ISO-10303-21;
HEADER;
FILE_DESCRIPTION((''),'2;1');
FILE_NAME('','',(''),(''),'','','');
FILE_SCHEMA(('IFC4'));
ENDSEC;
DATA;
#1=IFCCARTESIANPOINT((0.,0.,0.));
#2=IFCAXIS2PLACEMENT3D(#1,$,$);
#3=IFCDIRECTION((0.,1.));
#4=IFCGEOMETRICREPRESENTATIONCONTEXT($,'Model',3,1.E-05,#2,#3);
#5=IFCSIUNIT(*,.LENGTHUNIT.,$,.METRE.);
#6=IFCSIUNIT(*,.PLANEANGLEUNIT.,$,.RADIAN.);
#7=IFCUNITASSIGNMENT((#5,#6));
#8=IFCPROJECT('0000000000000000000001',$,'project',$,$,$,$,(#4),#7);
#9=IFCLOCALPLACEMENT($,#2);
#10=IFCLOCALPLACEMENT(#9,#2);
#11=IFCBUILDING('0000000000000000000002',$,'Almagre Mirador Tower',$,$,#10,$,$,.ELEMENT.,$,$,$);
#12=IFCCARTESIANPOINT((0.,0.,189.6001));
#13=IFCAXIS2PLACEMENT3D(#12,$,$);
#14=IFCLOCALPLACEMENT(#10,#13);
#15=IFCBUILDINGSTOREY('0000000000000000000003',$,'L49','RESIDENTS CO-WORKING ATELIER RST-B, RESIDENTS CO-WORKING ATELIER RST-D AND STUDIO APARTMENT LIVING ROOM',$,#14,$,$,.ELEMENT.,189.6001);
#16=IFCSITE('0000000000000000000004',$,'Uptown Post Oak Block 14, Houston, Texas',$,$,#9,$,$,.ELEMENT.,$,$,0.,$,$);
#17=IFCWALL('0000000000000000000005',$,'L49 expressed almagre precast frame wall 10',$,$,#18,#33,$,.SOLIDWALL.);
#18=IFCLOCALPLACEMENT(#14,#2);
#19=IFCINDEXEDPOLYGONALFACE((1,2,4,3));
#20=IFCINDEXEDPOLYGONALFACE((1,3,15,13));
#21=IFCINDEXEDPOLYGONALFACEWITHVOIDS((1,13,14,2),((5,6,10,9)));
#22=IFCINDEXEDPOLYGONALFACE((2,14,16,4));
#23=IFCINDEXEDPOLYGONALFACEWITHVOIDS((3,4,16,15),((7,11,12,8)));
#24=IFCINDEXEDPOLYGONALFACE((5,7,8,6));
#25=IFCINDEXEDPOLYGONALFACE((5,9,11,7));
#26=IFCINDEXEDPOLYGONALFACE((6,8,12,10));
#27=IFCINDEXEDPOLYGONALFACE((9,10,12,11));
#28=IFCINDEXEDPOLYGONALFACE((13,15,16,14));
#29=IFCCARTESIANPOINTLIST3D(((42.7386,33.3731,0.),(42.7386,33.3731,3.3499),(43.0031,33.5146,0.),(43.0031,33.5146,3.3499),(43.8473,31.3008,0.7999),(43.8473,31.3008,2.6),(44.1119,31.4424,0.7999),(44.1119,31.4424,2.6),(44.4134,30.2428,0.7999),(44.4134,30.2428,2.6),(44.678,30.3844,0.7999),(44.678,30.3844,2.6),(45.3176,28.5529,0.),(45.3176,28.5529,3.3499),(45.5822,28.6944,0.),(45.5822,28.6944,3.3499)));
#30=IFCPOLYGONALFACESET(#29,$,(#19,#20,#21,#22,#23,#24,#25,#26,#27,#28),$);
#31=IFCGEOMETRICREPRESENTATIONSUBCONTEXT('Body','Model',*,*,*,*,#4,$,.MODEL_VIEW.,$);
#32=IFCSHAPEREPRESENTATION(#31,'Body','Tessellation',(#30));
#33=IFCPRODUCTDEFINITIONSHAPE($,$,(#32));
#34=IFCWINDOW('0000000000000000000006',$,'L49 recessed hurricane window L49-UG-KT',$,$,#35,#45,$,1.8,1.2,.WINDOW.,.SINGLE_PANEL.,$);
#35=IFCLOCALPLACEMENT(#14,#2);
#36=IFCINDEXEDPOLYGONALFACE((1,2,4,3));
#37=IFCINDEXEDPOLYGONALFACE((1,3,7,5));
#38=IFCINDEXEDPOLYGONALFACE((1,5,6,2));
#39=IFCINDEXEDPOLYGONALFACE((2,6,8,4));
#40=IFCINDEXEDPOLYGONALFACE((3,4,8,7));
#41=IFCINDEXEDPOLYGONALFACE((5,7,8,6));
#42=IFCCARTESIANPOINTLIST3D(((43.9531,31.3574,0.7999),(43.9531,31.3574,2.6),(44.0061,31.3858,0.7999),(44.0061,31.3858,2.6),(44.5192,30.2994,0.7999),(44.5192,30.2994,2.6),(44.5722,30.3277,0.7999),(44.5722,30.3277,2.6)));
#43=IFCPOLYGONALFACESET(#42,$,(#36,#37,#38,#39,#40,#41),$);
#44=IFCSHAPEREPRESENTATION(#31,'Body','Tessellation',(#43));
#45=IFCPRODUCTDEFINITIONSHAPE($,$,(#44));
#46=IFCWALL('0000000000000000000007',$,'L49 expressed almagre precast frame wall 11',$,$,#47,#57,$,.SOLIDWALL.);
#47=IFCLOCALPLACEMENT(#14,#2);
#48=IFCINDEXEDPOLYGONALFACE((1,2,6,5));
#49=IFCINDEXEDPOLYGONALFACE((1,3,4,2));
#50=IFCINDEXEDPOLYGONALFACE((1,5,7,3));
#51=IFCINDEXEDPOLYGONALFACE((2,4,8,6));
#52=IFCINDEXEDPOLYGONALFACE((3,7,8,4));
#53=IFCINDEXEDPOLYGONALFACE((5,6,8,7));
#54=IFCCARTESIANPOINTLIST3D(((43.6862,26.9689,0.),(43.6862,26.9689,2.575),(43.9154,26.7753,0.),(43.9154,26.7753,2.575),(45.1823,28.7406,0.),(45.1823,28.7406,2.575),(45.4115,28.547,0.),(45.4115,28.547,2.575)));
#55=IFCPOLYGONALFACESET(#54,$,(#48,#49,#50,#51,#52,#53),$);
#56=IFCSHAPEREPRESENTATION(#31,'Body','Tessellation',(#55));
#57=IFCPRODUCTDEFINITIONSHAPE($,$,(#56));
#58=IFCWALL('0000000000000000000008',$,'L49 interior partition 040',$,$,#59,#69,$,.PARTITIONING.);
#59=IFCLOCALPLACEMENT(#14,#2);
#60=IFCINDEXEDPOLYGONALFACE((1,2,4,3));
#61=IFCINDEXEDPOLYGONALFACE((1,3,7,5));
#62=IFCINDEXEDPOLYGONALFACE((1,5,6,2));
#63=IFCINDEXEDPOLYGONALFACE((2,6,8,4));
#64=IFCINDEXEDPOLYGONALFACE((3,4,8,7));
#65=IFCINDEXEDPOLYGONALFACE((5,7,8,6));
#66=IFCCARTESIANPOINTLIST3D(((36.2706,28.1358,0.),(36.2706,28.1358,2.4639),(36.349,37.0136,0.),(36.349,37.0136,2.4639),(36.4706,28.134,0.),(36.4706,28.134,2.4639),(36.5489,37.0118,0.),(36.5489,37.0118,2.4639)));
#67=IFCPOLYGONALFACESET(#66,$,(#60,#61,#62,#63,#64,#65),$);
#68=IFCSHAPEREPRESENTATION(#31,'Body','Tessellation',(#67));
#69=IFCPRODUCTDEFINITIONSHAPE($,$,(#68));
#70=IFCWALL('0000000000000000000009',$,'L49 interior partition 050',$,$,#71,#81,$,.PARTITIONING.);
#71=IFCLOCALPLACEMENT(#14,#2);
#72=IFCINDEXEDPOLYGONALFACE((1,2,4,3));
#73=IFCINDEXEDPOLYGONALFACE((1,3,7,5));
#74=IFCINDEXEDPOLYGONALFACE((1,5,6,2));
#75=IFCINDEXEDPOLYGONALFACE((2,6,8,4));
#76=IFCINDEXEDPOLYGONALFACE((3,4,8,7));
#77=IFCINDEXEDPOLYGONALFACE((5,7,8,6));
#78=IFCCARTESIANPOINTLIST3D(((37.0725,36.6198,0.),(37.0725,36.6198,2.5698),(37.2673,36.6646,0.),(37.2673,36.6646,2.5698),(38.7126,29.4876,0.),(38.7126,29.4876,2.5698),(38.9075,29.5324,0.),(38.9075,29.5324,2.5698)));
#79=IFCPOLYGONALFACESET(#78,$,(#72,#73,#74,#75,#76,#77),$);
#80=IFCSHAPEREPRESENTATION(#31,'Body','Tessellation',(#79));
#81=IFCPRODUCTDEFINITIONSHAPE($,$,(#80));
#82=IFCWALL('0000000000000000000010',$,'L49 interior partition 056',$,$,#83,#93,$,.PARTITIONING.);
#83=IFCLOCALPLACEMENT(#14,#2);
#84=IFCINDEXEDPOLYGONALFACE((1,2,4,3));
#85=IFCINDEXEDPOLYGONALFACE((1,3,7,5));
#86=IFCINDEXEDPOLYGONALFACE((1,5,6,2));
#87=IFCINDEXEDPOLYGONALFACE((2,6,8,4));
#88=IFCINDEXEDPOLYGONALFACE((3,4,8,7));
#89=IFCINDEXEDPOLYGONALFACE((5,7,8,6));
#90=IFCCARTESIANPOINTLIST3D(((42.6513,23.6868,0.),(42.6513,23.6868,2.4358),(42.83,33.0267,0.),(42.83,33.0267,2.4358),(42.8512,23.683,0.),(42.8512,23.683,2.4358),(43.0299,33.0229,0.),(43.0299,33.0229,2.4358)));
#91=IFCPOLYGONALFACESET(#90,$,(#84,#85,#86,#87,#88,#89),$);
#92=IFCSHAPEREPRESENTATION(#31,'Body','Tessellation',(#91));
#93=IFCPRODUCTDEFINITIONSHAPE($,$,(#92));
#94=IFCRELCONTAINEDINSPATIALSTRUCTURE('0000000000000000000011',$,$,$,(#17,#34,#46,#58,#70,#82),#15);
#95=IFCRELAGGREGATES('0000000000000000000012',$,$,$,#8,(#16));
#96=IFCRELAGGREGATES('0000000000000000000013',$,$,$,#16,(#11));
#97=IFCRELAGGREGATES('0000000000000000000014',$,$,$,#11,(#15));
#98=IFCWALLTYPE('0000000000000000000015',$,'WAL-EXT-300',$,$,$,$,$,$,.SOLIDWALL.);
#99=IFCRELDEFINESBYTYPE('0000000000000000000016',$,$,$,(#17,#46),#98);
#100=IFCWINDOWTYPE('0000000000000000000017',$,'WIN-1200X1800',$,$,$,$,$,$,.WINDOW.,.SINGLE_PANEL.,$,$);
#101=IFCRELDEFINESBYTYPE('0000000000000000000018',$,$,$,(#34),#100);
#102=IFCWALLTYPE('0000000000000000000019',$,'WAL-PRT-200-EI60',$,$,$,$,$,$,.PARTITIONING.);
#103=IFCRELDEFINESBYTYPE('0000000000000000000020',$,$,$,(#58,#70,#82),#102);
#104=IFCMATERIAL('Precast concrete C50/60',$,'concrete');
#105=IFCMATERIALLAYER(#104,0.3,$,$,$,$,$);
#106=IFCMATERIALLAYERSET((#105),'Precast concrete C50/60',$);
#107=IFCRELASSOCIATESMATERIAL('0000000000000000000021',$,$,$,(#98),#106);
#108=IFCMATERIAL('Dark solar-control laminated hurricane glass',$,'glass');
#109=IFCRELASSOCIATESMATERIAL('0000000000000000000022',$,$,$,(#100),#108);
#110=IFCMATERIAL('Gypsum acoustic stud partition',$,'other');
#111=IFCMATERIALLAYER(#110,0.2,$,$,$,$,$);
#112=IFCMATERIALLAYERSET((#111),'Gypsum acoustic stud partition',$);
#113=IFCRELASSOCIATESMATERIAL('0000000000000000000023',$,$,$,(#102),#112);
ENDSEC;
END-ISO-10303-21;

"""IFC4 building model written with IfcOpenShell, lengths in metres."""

from ifc_helpers import new_model, si_unit, direction, frame, frame_2d, origin, place, context, subcontext, project, spatial, rectangle, extrude, material, layer, layer_set, type_object, element, fill, save


model = new_model("IFC4")

# Units and contexts
model_context = context("Model", 3, precision=1e-05, world=origin(), true_north=direction((0.0, 1.0)))
body_context = subcontext(model_context, "Body", "Model", "MODEL_VIEW")
ifc_project = project(units=[si_unit("LENGTHUNIT", "METRE"), si_unit("PLANEANGLEUNIT", "RADIAN")], contexts=[model_context])

# Site, building, storey
site_placement = place(None, origin())
site = spatial("IfcSite", under=ifc_project, at=site_placement, Name="Uptown Post Oak Block 14, Houston, Texas", CompositionType="ELEMENT", RefElevation=0.0)
building_placement = place(site_placement, origin())
building = spatial("IfcBuilding", under=site, at=building_placement, Name="Almagre Mirador Tower", CompositionType="ELEMENT")
storey_placement = place(building_placement, frame((0.0, 0.0, 189.6001)))
storey = spatial("IfcBuildingStorey", under=building, at=storey_placement, Name="L49", Description="RESIDENTS CO-WORKING ATELIER RST-B, RESIDENTS CO-WORKING ATELIER RST-D AND STUDIO APARTMENT LIVING ROOM", CompositionType="ELEMENT", Elevation=189.6001)

# Shared definitions
ifc_material_1 = material(Name="Precast concrete C50/60", Category="concrete")
ifc_layer_1 = layer(ifc_material_1, 0.3)
ifc_layer_set_1 = layer_set([ifc_layer_1], Name="Precast concrete C50/60")
wall_type_1 = type_object("IfcWallType", Name="WAL-EXT-300", PredefinedType="SOLIDWALL", material=ifc_layer_set_1)
ifc_material_2 = material(Name="Dark solar-control laminated hurricane glass", Category="glass")
window_type_1 = type_object("IfcWindowType", Name="WIN-1200X1800", PartitioningType="SINGLE_PANEL", PredefinedType="WINDOW", material=ifc_material_2)

# Wall, opening, window
wall_1_placement = place(storey_placement, frame((42.8708, 33.4438, 0.0), z_axis=(0.0, 0.0, 1.0), x_axis=(0.471765, -0.881724, 0.0)))
wall_1 = element("IfcWall", 1, at=wall_1_placement, inside=storey, type_object=wall_type_1, Name="L49 expressed almagre precast frame wall 10", PredefinedType="SOLIDWALL", context=body_context, shape_type="SweptSolid", body=[
    extrude(rectangle(XDim=5.4668, YDim=0.3, at=frame_2d((2.7334, 0.0))), origin(), (0.0, 0.0, 1.0), 3.3499),
])
opening_1_placement = place(wall_1_placement, frame((2.3501, 0.0, 0.8)))
opening_1 = element("IfcOpeningElement", 2, at=opening_1_placement, cuts=wall_1, PredefinedType="OPENING", context=body_context, shape_type="SweptSolid", body=[
    extrude(rectangle(XDim=1.2, YDim=1.8, at=frame_2d((0.6001, 0.8999))), frame((0.0, 0.1599, 0.0), z_axis=(0.0, -1.0, 0.0), x_axis=(1.0, 0.0, 0.0)), (0.0, 0.0, 1.0), 0.32),
])
window_1_placement = place(opening_1_placement, origin())
window_1 = element("IfcWindow", 3, at=window_1_placement, inside=storey, type_object=window_type_1, Name="L49 recessed hurricane window L49-UG-KT", OverallHeight=1.8, OverallWidth=1.2, PartitioningType="SINGLE_PANEL", PredefinedType="WINDOW", context=body_context, shape_type="SweptSolid", body=[
    extrude(rectangle(XDim=1.2, YDim=1.8, at=frame_2d((0.6001, 0.8999))), frame((0.0, 0.03, 0.0), z_axis=(0.0, -1.0, 0.0), x_axis=(1.0, 0.0, 0.0)), (0.0, 0.0, 1.0), 0.0601),
])
fill(opening_1, window_1)

# Walls
wall_2_placement = place(storey_placement, frame((45.2969, 28.6438, 0.0), z_axis=(0.0, 0.0, 1.0), x_axis=(-0.645173, -0.764037, 0.0)))
element("IfcWall", 4, at=wall_2_placement, inside=storey, type_object=wall_type_1, Name="L49 expressed almagre precast frame wall 11", PredefinedType="SOLIDWALL", context=body_context, shape_type="SweptSolid", body=[
    extrude(rectangle(XDim=2.3188, YDim=0.3, at=frame_2d((1.1594, 0.0))), origin(), (0.0, 0.0, 1.0), 2.575),
])
ifc_material_3 = material(Name="Gypsum acoustic stud partition", Category="other")
ifc_layer_2 = layer(ifc_material_3, 0.2)
ifc_layer_set_2 = layer_set([ifc_layer_2], Name="Gypsum acoustic stud partition")
wall_type_2 = type_object("IfcWallType", Name="WAL-PRT-200-EI60", PredefinedType="PARTITIONING", material=ifc_layer_set_2)
wall_3_placement = place(storey_placement, frame((36.3706, 28.135, 0.0), z_axis=(0.0, 0.0, 1.0), x_axis=(0.008827, 0.999961, 0.0)))
element("IfcWall", 5, at=wall_3_placement, inside=storey, type_object=wall_type_2, Name="L49 interior partition 040", PredefinedType="PARTITIONING", context=body_context, shape_type="SweptSolid", body=[
    extrude(rectangle(XDim=8.8782, YDim=0.2, at=frame_2d((4.439, 0.0))), origin(), (0.0, 0.0, 1.0), 2.4639),
])
wall_4_placement = place(storey_placement, frame((38.8101, 29.51, 0.0), z_axis=(0.0, 0.0, 1.0), x_axis=(-0.224116, 0.974562, 0.0)))
element("IfcWall", 6, at=wall_4_placement, inside=storey, type_object=wall_type_2, Name="L49 interior partition 050", PredefinedType="PARTITIONING", context=body_context, shape_type="SweptSolid", body=[
    extrude(rectangle(XDim=7.3184, YDim=0.2, at=frame_2d((3.6592, 0.0))), origin(), (0.0, 0.0, 1.0), 2.5698),
])
wall_5_placement = place(storey_placement, frame((42.9299, 33.0249, 0.0), z_axis=(0.0, 0.0, 1.0), x_axis=(-0.019131, -0.999817, 0.0)))
element("IfcWall", 7, at=wall_5_placement, inside=storey, type_object=wall_type_2, Name="L49 interior partition 056", PredefinedType="PARTITIONING", context=body_context, shape_type="SweptSolid", body=[
    extrude(rectangle(XDim=9.3416, YDim=0.2, at=frame_2d((4.6709, 0.0))), origin(), (0.0, 0.0, 1.0), 2.4358),
])

save(model, "model.ifc")
